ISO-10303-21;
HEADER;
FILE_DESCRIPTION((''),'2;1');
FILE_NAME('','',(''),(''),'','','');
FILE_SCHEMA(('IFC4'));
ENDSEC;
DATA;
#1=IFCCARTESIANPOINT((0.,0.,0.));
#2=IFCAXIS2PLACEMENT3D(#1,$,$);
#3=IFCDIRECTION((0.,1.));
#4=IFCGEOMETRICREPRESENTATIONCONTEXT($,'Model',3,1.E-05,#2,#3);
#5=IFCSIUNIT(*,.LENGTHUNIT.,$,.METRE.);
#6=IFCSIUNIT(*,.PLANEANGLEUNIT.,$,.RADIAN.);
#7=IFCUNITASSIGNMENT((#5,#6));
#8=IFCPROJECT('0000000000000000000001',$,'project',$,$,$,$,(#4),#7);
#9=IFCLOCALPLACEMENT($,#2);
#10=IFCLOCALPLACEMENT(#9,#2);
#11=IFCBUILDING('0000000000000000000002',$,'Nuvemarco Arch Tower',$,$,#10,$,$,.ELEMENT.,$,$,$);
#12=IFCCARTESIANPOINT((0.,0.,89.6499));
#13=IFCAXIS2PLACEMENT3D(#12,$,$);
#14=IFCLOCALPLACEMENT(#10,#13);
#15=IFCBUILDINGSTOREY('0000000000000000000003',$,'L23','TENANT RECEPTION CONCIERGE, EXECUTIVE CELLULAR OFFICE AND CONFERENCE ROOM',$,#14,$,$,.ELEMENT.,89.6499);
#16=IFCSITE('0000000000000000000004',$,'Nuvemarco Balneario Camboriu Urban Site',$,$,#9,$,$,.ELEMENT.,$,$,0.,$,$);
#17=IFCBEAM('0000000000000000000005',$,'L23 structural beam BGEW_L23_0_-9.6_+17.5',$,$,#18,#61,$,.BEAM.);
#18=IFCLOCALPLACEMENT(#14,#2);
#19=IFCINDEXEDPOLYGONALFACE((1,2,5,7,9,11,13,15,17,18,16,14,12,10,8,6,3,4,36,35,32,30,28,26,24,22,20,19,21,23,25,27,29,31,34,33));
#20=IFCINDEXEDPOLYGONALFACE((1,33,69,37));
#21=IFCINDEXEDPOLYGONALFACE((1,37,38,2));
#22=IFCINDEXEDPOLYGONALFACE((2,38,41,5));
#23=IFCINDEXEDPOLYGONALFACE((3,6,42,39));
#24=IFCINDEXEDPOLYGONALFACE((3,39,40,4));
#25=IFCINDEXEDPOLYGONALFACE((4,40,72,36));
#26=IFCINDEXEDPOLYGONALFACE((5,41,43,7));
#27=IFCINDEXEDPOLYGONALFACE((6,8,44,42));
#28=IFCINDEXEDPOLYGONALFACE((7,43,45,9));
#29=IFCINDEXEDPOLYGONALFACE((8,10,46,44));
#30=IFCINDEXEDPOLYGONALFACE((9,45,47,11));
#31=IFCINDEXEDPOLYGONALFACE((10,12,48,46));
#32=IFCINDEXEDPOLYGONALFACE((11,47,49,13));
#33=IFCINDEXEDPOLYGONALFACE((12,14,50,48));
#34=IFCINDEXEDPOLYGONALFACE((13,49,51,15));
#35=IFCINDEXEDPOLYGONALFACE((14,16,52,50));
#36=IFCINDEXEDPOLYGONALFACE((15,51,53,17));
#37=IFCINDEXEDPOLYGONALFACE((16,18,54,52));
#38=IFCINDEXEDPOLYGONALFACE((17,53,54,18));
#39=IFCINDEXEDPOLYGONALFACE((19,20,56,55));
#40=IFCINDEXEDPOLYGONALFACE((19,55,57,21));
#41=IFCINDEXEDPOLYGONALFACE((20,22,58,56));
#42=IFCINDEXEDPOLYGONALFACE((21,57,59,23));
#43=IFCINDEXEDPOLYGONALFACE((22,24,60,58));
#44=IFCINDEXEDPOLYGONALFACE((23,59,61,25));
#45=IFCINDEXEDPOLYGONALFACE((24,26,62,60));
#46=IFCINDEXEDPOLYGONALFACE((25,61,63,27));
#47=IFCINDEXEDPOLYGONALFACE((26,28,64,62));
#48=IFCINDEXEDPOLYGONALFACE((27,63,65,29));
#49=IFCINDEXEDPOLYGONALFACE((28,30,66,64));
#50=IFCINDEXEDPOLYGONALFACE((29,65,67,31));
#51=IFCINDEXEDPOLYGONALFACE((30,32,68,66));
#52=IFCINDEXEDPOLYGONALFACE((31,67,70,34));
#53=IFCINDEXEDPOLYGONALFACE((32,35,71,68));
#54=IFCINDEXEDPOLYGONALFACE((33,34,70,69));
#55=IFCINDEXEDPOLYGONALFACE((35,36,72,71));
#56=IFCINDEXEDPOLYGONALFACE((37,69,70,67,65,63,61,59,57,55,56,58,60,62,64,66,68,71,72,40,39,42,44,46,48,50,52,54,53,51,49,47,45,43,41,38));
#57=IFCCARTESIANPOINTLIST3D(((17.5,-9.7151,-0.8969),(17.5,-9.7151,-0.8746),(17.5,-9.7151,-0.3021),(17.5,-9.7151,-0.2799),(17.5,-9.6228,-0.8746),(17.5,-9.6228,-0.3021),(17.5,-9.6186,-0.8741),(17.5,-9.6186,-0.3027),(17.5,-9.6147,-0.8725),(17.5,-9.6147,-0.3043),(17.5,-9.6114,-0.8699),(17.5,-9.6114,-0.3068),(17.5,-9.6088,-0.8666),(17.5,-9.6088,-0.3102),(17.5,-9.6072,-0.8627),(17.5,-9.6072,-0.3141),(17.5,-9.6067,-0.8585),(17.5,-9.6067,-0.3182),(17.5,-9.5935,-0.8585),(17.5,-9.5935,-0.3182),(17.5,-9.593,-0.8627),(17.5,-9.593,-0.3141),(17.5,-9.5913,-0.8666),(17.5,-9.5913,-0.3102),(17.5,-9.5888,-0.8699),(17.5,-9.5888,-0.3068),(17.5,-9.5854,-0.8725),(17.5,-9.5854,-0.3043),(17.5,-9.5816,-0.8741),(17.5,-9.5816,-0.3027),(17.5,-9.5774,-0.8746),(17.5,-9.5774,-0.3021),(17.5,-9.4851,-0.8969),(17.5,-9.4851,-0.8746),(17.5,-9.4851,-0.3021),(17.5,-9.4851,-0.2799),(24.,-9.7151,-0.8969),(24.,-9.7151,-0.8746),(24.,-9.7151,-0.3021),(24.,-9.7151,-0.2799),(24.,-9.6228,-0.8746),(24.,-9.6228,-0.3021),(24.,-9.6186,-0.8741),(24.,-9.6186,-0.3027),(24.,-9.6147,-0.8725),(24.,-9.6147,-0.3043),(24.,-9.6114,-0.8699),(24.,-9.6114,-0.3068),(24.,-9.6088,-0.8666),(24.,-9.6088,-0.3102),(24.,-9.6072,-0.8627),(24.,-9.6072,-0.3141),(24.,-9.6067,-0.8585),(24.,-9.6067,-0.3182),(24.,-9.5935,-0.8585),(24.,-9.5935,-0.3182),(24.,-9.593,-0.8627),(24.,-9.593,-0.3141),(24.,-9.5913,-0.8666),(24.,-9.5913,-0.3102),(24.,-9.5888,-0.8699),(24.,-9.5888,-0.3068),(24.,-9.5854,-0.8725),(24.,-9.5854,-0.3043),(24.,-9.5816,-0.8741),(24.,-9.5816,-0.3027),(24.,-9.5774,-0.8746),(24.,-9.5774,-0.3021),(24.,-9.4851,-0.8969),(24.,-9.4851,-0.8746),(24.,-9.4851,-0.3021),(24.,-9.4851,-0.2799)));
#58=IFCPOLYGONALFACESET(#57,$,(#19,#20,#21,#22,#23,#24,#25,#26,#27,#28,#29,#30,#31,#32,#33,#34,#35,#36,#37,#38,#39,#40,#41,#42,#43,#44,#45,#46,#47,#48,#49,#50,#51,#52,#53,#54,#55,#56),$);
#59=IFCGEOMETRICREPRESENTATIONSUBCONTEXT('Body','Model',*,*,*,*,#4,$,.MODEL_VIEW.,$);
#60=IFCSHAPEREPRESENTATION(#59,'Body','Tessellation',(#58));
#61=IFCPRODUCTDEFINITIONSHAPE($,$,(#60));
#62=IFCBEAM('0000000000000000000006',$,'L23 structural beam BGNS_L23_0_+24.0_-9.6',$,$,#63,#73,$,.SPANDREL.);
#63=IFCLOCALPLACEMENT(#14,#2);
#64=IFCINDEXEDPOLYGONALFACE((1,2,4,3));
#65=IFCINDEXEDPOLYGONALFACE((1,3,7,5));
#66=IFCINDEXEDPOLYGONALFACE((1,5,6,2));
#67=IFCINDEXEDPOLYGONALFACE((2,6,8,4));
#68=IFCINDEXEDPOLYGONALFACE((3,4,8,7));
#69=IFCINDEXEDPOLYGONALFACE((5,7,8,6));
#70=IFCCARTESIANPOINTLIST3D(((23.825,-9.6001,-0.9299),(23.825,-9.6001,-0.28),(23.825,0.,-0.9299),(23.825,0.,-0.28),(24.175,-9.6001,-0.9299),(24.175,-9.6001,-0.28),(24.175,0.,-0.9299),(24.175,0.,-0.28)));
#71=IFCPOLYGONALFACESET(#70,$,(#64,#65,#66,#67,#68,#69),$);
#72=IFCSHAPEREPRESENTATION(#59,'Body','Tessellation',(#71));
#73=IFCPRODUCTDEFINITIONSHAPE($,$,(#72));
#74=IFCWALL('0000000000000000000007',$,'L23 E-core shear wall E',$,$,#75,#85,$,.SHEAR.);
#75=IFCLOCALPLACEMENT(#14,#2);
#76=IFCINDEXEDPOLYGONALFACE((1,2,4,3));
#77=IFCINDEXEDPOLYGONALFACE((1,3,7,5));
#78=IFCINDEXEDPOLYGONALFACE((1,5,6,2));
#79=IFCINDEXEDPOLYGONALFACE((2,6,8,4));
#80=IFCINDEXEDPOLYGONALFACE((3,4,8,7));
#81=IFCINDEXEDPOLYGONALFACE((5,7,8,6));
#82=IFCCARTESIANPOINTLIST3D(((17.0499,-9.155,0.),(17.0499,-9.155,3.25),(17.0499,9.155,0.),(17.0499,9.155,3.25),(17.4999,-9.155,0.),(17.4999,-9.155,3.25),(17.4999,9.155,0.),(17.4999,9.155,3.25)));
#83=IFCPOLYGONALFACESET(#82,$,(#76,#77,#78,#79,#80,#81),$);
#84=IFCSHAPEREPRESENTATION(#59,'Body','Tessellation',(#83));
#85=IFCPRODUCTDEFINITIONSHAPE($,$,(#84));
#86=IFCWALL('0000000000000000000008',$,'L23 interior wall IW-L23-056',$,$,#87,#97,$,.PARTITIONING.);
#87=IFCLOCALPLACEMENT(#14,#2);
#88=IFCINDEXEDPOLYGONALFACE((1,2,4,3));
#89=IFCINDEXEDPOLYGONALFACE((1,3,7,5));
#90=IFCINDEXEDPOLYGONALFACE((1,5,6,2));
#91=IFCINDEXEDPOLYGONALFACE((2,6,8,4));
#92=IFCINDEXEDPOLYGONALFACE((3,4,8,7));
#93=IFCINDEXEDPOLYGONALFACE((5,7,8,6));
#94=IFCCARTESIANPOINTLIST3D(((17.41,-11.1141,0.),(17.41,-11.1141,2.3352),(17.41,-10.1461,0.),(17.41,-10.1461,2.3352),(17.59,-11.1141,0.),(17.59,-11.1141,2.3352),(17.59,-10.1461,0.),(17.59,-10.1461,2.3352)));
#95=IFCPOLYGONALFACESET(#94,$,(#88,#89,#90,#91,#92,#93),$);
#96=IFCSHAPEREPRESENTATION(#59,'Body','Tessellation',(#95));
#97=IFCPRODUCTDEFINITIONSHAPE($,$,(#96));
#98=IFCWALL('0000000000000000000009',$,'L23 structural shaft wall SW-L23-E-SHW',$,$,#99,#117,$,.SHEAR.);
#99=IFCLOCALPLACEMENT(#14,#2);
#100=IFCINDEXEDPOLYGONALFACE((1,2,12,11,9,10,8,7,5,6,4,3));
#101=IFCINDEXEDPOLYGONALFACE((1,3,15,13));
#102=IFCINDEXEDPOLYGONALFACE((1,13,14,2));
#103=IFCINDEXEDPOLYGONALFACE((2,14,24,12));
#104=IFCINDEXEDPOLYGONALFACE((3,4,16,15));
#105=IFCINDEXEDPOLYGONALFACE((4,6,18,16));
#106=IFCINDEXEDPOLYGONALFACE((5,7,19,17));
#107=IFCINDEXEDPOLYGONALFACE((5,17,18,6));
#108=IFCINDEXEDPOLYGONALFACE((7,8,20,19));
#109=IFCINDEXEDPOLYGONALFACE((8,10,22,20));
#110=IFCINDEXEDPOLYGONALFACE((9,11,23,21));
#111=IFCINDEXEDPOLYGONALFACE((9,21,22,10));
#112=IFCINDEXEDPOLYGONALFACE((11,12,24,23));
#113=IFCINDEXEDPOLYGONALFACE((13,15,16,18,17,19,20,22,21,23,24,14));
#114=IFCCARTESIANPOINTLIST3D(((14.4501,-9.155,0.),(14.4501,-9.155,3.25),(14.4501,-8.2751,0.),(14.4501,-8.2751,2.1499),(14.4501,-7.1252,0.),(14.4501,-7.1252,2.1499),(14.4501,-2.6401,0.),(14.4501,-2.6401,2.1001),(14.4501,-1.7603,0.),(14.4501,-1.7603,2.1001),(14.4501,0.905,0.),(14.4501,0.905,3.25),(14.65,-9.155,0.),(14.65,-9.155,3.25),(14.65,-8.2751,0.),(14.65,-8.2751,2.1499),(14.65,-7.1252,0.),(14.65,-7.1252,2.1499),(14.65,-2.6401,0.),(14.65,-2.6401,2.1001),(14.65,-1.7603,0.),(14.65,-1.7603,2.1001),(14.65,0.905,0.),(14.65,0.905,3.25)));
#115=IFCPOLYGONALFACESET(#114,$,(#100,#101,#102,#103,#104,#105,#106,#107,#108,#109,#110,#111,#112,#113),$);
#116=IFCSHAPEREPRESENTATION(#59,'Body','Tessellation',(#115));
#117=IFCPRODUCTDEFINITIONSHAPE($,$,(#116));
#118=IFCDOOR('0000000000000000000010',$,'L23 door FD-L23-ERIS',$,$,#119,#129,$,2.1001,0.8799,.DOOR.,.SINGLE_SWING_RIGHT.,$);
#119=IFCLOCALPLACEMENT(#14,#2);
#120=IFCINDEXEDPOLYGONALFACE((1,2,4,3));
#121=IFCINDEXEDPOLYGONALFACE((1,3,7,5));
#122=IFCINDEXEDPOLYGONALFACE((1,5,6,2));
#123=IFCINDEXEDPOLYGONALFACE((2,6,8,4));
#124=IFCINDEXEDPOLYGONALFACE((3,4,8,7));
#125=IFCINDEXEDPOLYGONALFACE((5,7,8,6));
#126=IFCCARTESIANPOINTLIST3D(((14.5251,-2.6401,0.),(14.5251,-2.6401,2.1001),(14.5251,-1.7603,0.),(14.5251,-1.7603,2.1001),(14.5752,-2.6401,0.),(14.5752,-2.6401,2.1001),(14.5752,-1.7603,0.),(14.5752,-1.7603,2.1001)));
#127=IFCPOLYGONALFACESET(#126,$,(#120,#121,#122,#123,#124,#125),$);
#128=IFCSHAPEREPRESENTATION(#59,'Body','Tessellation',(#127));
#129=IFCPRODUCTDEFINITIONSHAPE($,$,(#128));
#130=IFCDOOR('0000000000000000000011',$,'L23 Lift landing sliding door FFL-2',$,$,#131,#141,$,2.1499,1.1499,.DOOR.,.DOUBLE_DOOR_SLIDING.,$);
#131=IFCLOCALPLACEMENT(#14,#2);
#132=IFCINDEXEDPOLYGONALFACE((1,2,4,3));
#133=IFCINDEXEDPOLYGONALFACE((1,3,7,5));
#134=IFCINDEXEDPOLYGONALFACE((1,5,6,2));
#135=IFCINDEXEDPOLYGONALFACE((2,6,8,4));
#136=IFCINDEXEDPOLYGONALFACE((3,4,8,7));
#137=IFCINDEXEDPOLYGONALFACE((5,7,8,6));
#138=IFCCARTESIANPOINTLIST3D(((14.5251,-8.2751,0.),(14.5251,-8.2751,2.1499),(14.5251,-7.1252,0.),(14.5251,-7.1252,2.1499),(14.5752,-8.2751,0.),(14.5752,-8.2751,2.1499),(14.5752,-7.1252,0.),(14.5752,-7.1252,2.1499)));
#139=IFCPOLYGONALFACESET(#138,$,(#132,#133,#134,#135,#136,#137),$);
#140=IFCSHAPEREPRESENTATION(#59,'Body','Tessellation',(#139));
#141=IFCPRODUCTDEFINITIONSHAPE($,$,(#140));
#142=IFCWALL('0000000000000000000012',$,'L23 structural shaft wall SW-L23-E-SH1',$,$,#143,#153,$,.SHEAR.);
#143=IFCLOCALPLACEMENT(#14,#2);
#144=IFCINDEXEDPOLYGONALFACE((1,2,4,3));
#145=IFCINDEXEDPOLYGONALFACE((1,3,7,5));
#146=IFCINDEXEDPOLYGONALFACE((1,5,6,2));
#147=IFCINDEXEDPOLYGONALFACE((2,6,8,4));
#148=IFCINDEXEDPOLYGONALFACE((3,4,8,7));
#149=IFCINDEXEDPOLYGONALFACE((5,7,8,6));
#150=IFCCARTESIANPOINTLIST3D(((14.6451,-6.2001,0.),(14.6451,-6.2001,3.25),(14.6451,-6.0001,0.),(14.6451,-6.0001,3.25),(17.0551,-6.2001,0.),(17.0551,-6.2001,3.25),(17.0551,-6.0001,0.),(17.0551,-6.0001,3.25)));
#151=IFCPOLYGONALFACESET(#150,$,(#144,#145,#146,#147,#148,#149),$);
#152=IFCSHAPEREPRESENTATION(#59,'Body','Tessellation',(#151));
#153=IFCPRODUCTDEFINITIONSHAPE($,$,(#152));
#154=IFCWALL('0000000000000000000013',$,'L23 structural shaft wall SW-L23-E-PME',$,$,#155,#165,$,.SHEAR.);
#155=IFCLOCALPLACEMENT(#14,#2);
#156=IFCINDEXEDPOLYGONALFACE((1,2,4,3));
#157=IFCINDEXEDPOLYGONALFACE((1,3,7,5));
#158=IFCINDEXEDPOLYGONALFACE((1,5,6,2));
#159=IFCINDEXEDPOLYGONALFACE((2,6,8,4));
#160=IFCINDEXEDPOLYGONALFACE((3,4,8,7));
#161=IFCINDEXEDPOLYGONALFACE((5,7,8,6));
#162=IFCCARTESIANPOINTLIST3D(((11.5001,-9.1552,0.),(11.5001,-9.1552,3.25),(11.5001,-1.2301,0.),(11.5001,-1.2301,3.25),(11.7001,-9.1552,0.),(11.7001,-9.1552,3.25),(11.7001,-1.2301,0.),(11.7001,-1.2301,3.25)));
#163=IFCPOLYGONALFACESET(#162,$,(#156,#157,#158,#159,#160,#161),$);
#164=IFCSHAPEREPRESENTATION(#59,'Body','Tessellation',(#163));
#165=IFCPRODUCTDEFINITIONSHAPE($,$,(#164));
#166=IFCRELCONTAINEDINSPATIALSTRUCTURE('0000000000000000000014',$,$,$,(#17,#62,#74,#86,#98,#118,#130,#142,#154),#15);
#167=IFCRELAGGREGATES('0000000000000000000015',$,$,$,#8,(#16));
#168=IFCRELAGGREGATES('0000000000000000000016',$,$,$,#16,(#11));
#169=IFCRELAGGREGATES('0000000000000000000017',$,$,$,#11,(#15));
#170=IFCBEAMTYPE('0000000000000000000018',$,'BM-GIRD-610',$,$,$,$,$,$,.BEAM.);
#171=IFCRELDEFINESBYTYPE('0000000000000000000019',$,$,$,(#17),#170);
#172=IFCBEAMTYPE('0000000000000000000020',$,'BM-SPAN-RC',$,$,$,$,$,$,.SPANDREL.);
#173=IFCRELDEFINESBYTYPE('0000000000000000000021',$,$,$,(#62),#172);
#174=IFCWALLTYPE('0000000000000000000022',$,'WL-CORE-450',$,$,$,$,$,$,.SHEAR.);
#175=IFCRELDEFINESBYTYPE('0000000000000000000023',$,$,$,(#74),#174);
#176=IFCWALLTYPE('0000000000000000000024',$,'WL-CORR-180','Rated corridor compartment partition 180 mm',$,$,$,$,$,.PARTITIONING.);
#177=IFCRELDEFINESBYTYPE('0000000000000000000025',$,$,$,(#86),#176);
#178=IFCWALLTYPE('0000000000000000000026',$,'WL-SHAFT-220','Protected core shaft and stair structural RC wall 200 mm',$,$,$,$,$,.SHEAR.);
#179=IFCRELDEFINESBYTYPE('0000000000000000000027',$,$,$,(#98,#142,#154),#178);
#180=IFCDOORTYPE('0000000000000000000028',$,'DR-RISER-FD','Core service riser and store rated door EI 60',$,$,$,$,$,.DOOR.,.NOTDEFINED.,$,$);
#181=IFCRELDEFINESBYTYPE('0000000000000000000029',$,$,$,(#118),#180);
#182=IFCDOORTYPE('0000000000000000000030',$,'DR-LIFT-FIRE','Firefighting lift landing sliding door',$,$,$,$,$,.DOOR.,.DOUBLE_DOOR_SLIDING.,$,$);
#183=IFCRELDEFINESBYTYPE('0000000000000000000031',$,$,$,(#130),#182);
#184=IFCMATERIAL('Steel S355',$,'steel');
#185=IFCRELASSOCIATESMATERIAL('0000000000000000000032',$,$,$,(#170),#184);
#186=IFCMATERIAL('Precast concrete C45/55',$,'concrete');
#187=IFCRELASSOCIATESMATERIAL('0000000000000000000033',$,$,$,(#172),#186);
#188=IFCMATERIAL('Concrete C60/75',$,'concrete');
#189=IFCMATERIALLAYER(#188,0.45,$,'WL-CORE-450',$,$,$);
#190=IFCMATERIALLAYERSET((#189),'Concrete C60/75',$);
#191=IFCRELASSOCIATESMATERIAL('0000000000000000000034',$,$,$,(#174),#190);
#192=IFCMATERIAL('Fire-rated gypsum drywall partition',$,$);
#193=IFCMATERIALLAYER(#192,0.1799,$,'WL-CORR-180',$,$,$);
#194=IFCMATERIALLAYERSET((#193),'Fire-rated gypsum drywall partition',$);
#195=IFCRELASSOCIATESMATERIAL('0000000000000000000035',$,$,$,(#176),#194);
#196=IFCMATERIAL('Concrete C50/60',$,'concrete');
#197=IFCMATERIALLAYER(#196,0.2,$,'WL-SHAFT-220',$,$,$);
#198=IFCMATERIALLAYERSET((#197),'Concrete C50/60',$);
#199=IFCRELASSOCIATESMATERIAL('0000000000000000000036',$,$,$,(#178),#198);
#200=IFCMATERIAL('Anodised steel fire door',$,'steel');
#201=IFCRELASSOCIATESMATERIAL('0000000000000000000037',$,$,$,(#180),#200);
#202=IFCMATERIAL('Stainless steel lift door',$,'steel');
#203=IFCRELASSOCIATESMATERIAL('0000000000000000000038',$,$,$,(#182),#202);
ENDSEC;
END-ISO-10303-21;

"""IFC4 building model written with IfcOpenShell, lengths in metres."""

from ifc_helpers import new_model, si_unit, direction, frame, frame_2d, origin, origin_2d, place, context, subcontext, project, spatial, rectangle, i_section, extrude, source, transform, mapped, material, layer, layer_set, material_profile, profile_set, type_object, type_shapes, element, fill, save


model = new_model("IFC4")

# Units and contexts
model_context = context("Model", 3, precision=1e-05, world=origin(), true_north=direction((0.0, 1.0)))
body_context = subcontext(model_context, "Body", "Model", "MODEL_VIEW")
ifc_project = project(units=[si_unit("LENGTHUNIT", "METRE"), si_unit("PLANEANGLEUNIT", "RADIAN")], contexts=[model_context])

# Site, building, storey
site_placement = place(None, origin())
site = spatial("IfcSite", under=ifc_project, at=site_placement, Name="Nuvemarco Balneario Camboriu Urban Site", CompositionType="ELEMENT", RefElevation=0.0)
building_placement = place(site_placement, origin())
building = spatial("IfcBuilding", under=site, at=building_placement, Name="Nuvemarco Arch Tower", CompositionType="ELEMENT")
storey_placement = place(building_placement, frame((0.0, 0.0, 89.6499)))
storey = spatial("IfcBuildingStorey", under=building, at=storey_placement, Name="L23", Description="TENANT RECEPTION CONCIERGE, EXECUTIVE CELLULAR OFFICE AND CONFERENCE ROOM", CompositionType="ELEMENT", Elevation=89.6499)

# Shared definitions
ifc_material_1 = material(Name="Concrete C60/75", Category="concrete")

# Beams
ifc_material_2 = material(Name="Steel S355", Category="steel")
ifc_material_profile_1 = material_profile(ifc_material_2, i_section(OverallWidth=0.23, OverallDepth=0.6169, WebThickness=0.0132, FlangeThickness=0.0222, FilletRadius=0.0161, at=origin_2d()), Name="W610x140")
ifc_profile_set_1 = profile_set([ifc_material_profile_1], Name="Steel S355")
beam_type_1 = type_object("IfcBeamType", Name="BM-GIRD-610", PredefinedType="BEAM", material=ifc_profile_set_1)
beam_1_placement = place(storey_placement, frame((17.5, -9.6001, -0.5884), z_axis=(1.0, 0.0, 0.0), x_axis=(0.0, 1.0, 0.0)))
element("IfcBeam", 1, at=beam_1_placement, inside=storey, type_object=beam_type_1, Name="L23 structural beam BGEW_L23_0_-9.6_+17.5", PredefinedType="BEAM", context=body_context, shape_type="SweptSolid", body=[
    extrude(i_section(OverallWidth=0.23, OverallDepth=0.6169, WebThickness=0.0132, FlangeThickness=0.0222, FilletRadius=0.0161, at=origin_2d()), origin(), (0.0, 0.0, 1.0), 6.5),
])
ifc_material_3 = material(Name="Precast concrete C45/55", Category="concrete")
ifc_material_profile_2 = material_profile(ifc_material_3, rectangle(XDim=0.3501, YDim=0.6499, at=origin_2d()), Name="PC-SP-350x650")
ifc_profile_set_2 = profile_set([ifc_material_profile_2], Name="Precast concrete C45/55")
beam_type_2 = type_object("IfcBeamType", Name="BM-SPAN-RC", PredefinedType="SPANDREL", material=ifc_profile_set_2)
beam_2_placement = place(storey_placement, frame((24.0, -9.6001, -0.605), z_axis=(0.0, 1.0, 0.0), x_axis=(-1.0, 0.0, 0.0)))
element("IfcBeam", 2, at=beam_2_placement, inside=storey, type_object=beam_type_2, Name="L23 structural beam BGNS_L23_0_+24.0_-9.6", PredefinedType="SPANDREL", context=body_context, shape_type="SweptSolid", body=[
    extrude(rectangle(XDim=0.3501, YDim=0.6499, at=origin_2d()), origin(), (0.0, 0.0, 1.0), 9.6001),
])

# Walls
ifc_layer_1 = layer(ifc_material_1, 0.45, Name="WL-CORE-450")
ifc_layer_set_1 = layer_set([ifc_layer_1], Name="Concrete C60/75")
wall_type_1 = type_object("IfcWallType", Name="WL-CORE-450", PredefinedType="SHEAR", material=ifc_layer_set_1)
wall_1_placement = place(storey_placement, frame((17.2749, -9.155, 0.0), z_axis=(0.0, 0.0, 1.0), x_axis=(0.0, 1.0, 0.0)))
element("IfcWall", 3, at=wall_1_placement, inside=storey, type_object=wall_type_1, Name="L23 E-core shear wall E", PredefinedType="SHEAR", context=body_context, shape_type="SweptSolid", body=[
    extrude(rectangle(XDim=18.3101, YDim=0.45, at=frame_2d((9.155, 0.0))), origin(), (0.0, 0.0, 1.0), 3.25),
])
ifc_material_4 = material(Name="Fire-rated gypsum drywall partition")
ifc_layer_2 = layer(ifc_material_4, 0.1799, Name="WL-CORR-180")
ifc_layer_set_2 = layer_set([ifc_layer_2], Name="Fire-rated gypsum drywall partition")
wall_type_2 = type_object("IfcWallType", Name="WL-CORR-180", Description="Rated corridor compartment partition 180 mm", PredefinedType="PARTITIONING", material=ifc_layer_set_2)
wall_2_placement = place(storey_placement, frame((17.5, -11.114, 0.0), z_axis=(0.0, 0.0, 1.0), x_axis=(0.0, 1.0, 0.0)))
element("IfcWall", 4, at=wall_2_placement, inside=storey, type_object=wall_type_2, Name="L23 interior wall IW-L23-056", PredefinedType="PARTITIONING", context=body_context, shape_type="SweptSolid", body=[
    extrude(rectangle(XDim=0.968, YDim=0.1799, at=frame_2d((0.4839, 0.0))), origin(), (0.0, 0.0, 1.0), 2.3352),
])

# Wall, openings, doors
ifc_material_5 = material(Name="Concrete C50/60", Category="concrete")
ifc_layer_3 = layer(ifc_material_5, 0.2, Name="WL-SHAFT-220")
ifc_layer_set_3 = layer_set([ifc_layer_3], Name="Concrete C50/60")
wall_type_3 = type_object("IfcWallType", Name="WL-SHAFT-220", Description="Protected core shaft and stair structural RC wall 200 mm", PredefinedType="SHEAR", material=ifc_layer_set_3)
wall_3_placement = place(storey_placement, frame((14.55, -9.155, 0.0), z_axis=(0.0, 0.0, 1.0), x_axis=(0.0, 1.0, 0.0)))
wall_3 = element("IfcWall", 5, at=wall_3_placement, inside=storey, type_object=wall_type_3, Name="L23 structural shaft wall SW-L23-E-SHW", PredefinedType="SHEAR", context=body_context, shape_type="SweptSolid", body=[
    extrude(rectangle(XDim=10.0601, YDim=0.2, at=frame_2d((5.03, 0.0))), origin(), (0.0, 0.0, 1.0), 3.25),
])
opening_1_placement = place(wall_3_placement, frame((6.5149, 0.0, 0.0)))
opening_1 = element("IfcOpeningElement", 6, at=opening_1_placement, cuts=wall_3, PredefinedType="OPENING", context=body_context, shape_type="SweptSolid", body=[
    extrude(rectangle(XDim=0.8799, YDim=2.1001, at=frame_2d((0.4399, 1.05))), frame((0.0, 0.1099, 0.0), z_axis=(0.0, -1.0, 0.0), x_axis=(1.0, 0.0, 0.0)), (0.0, 0.0, 1.0), 0.22),
])
opening_2_placement = place(wall_3_placement, frame((0.8799, 0.0, 0.0)))
opening_2 = element("IfcOpeningElement", 7, at=opening_2_placement, cuts=wall_3, PredefinedType="OPENING", context=body_context, shape_type="SweptSolid", body=[
    extrude(rectangle(XDim=1.1499, YDim=2.1499, at=frame_2d((0.575, 1.075))), frame((0.0, 0.1099, 0.0), z_axis=(0.0, -1.0, 0.0), x_axis=(1.0, 0.0, 0.0)), (0.0, 0.0, 1.0), 0.22),
])
ifc_material_6 = material(Name="Anodised steel fire door", Category="steel")
door_type_1 = type_object("IfcDoorType", Name="DR-RISER-FD", Description="Core service riser and store rated door EI 60", OperationType="NOTDEFINED", PredefinedType="DOOR", material=ifc_material_6)
shared_shape_1 = source(origin(), body_context, "Body", "SweptSolid", [
    extrude(rectangle(XDim=0.8799, YDim=2.1001, at=frame_2d((0.4399, 1.05))), frame((0.0, 0.0249, 0.0), z_axis=(0.0, -1.0, 0.0), x_axis=(1.0, 0.0, 0.0)), (0.0, 0.0, 1.0), 0.05),
])
type_shapes(door_type_1, [shared_shape_1])
door_1_placement = place(opening_1_placement, origin())
door_1 = element("IfcDoor", 8, at=door_1_placement, inside=storey, type_object=door_type_1, Name="L23 door FD-L23-ERIS", OperationType="SINGLE_SWING_RIGHT", OverallHeight=2.1001, OverallWidth=0.8799, PredefinedType="DOOR", context=body_context, shape_type="MappedRepresentation", body=[
    mapped(shared_shape_1, transform((0.0, 0.0, 0.0), scale=1.0)),
])
fill(opening_1, door_1)
ifc_material_7 = material(Name="Stainless steel lift door", Category="steel")
door_type_2 = type_object("IfcDoorType", Name="DR-LIFT-FIRE", Description="Firefighting lift landing sliding door", OperationType="DOUBLE_DOOR_SLIDING", PredefinedType="DOOR", material=ifc_material_7)
shared_shape_2 = source(origin(), body_context, "Body", "SweptSolid", [
    extrude(rectangle(XDim=1.1499, YDim=2.1499, at=frame_2d((0.575, 1.075))), frame((0.0, 0.0249, 0.0), z_axis=(0.0, -1.0, 0.0), x_axis=(1.0, 0.0, 0.0)), (0.0, 0.0, 1.0), 0.05),
])
type_shapes(door_type_2, [shared_shape_2])
door_2_placement = place(opening_2_placement, origin())
door_2 = element("IfcDoor", 9, at=door_2_placement, inside=storey, type_object=door_type_2, Name="L23 Lift landing sliding door FFL-2", OperationType="DOUBLE_DOOR_SLIDING", OverallHeight=2.1499, OverallWidth=1.1499, PredefinedType="DOOR", context=body_context, shape_type="MappedRepresentation", body=[
    mapped(shared_shape_2, transform((0.0, 0.0, 0.0), scale=1.0)),
])
fill(opening_2, door_2)

# Walls
wall_4_placement = place(storey_placement, frame((14.645, -6.1001, 0.0), z_axis=(0.0, 0.0, 1.0), x_axis=(1.0, 0.0, 0.0)))
element("IfcWall", 10, at=wall_4_placement, inside=storey, type_object=wall_type_3, Name="L23 structural shaft wall SW-L23-E-SH1", PredefinedType="SHEAR", context=body_context, shape_type="SweptSolid", body=[
    extrude(rectangle(XDim=2.4099, YDim=0.2, at=frame_2d((1.2051, 0.0))), origin(), (0.0, 0.0, 1.0), 3.25),
])
wall_5_placement = place(storey_placement, frame((11.6001, -9.155, 0.0), z_axis=(0.0, 0.0, 1.0), x_axis=(0.0, 1.0, 0.0)))
element("IfcWall", 11, at=wall_5_placement, inside=storey, type_object=wall_type_3, Name="L23 structural shaft wall SW-L23-E-PME", PredefinedType="SHEAR", context=body_context, shape_type="SweptSolid", body=[
    extrude(rectangle(XDim=7.925, YDim=0.2, at=frame_2d((3.9624, 0.0))), origin(), (0.0, 0.0, 1.0), 3.25),
])

save(model, "model.ifc")
